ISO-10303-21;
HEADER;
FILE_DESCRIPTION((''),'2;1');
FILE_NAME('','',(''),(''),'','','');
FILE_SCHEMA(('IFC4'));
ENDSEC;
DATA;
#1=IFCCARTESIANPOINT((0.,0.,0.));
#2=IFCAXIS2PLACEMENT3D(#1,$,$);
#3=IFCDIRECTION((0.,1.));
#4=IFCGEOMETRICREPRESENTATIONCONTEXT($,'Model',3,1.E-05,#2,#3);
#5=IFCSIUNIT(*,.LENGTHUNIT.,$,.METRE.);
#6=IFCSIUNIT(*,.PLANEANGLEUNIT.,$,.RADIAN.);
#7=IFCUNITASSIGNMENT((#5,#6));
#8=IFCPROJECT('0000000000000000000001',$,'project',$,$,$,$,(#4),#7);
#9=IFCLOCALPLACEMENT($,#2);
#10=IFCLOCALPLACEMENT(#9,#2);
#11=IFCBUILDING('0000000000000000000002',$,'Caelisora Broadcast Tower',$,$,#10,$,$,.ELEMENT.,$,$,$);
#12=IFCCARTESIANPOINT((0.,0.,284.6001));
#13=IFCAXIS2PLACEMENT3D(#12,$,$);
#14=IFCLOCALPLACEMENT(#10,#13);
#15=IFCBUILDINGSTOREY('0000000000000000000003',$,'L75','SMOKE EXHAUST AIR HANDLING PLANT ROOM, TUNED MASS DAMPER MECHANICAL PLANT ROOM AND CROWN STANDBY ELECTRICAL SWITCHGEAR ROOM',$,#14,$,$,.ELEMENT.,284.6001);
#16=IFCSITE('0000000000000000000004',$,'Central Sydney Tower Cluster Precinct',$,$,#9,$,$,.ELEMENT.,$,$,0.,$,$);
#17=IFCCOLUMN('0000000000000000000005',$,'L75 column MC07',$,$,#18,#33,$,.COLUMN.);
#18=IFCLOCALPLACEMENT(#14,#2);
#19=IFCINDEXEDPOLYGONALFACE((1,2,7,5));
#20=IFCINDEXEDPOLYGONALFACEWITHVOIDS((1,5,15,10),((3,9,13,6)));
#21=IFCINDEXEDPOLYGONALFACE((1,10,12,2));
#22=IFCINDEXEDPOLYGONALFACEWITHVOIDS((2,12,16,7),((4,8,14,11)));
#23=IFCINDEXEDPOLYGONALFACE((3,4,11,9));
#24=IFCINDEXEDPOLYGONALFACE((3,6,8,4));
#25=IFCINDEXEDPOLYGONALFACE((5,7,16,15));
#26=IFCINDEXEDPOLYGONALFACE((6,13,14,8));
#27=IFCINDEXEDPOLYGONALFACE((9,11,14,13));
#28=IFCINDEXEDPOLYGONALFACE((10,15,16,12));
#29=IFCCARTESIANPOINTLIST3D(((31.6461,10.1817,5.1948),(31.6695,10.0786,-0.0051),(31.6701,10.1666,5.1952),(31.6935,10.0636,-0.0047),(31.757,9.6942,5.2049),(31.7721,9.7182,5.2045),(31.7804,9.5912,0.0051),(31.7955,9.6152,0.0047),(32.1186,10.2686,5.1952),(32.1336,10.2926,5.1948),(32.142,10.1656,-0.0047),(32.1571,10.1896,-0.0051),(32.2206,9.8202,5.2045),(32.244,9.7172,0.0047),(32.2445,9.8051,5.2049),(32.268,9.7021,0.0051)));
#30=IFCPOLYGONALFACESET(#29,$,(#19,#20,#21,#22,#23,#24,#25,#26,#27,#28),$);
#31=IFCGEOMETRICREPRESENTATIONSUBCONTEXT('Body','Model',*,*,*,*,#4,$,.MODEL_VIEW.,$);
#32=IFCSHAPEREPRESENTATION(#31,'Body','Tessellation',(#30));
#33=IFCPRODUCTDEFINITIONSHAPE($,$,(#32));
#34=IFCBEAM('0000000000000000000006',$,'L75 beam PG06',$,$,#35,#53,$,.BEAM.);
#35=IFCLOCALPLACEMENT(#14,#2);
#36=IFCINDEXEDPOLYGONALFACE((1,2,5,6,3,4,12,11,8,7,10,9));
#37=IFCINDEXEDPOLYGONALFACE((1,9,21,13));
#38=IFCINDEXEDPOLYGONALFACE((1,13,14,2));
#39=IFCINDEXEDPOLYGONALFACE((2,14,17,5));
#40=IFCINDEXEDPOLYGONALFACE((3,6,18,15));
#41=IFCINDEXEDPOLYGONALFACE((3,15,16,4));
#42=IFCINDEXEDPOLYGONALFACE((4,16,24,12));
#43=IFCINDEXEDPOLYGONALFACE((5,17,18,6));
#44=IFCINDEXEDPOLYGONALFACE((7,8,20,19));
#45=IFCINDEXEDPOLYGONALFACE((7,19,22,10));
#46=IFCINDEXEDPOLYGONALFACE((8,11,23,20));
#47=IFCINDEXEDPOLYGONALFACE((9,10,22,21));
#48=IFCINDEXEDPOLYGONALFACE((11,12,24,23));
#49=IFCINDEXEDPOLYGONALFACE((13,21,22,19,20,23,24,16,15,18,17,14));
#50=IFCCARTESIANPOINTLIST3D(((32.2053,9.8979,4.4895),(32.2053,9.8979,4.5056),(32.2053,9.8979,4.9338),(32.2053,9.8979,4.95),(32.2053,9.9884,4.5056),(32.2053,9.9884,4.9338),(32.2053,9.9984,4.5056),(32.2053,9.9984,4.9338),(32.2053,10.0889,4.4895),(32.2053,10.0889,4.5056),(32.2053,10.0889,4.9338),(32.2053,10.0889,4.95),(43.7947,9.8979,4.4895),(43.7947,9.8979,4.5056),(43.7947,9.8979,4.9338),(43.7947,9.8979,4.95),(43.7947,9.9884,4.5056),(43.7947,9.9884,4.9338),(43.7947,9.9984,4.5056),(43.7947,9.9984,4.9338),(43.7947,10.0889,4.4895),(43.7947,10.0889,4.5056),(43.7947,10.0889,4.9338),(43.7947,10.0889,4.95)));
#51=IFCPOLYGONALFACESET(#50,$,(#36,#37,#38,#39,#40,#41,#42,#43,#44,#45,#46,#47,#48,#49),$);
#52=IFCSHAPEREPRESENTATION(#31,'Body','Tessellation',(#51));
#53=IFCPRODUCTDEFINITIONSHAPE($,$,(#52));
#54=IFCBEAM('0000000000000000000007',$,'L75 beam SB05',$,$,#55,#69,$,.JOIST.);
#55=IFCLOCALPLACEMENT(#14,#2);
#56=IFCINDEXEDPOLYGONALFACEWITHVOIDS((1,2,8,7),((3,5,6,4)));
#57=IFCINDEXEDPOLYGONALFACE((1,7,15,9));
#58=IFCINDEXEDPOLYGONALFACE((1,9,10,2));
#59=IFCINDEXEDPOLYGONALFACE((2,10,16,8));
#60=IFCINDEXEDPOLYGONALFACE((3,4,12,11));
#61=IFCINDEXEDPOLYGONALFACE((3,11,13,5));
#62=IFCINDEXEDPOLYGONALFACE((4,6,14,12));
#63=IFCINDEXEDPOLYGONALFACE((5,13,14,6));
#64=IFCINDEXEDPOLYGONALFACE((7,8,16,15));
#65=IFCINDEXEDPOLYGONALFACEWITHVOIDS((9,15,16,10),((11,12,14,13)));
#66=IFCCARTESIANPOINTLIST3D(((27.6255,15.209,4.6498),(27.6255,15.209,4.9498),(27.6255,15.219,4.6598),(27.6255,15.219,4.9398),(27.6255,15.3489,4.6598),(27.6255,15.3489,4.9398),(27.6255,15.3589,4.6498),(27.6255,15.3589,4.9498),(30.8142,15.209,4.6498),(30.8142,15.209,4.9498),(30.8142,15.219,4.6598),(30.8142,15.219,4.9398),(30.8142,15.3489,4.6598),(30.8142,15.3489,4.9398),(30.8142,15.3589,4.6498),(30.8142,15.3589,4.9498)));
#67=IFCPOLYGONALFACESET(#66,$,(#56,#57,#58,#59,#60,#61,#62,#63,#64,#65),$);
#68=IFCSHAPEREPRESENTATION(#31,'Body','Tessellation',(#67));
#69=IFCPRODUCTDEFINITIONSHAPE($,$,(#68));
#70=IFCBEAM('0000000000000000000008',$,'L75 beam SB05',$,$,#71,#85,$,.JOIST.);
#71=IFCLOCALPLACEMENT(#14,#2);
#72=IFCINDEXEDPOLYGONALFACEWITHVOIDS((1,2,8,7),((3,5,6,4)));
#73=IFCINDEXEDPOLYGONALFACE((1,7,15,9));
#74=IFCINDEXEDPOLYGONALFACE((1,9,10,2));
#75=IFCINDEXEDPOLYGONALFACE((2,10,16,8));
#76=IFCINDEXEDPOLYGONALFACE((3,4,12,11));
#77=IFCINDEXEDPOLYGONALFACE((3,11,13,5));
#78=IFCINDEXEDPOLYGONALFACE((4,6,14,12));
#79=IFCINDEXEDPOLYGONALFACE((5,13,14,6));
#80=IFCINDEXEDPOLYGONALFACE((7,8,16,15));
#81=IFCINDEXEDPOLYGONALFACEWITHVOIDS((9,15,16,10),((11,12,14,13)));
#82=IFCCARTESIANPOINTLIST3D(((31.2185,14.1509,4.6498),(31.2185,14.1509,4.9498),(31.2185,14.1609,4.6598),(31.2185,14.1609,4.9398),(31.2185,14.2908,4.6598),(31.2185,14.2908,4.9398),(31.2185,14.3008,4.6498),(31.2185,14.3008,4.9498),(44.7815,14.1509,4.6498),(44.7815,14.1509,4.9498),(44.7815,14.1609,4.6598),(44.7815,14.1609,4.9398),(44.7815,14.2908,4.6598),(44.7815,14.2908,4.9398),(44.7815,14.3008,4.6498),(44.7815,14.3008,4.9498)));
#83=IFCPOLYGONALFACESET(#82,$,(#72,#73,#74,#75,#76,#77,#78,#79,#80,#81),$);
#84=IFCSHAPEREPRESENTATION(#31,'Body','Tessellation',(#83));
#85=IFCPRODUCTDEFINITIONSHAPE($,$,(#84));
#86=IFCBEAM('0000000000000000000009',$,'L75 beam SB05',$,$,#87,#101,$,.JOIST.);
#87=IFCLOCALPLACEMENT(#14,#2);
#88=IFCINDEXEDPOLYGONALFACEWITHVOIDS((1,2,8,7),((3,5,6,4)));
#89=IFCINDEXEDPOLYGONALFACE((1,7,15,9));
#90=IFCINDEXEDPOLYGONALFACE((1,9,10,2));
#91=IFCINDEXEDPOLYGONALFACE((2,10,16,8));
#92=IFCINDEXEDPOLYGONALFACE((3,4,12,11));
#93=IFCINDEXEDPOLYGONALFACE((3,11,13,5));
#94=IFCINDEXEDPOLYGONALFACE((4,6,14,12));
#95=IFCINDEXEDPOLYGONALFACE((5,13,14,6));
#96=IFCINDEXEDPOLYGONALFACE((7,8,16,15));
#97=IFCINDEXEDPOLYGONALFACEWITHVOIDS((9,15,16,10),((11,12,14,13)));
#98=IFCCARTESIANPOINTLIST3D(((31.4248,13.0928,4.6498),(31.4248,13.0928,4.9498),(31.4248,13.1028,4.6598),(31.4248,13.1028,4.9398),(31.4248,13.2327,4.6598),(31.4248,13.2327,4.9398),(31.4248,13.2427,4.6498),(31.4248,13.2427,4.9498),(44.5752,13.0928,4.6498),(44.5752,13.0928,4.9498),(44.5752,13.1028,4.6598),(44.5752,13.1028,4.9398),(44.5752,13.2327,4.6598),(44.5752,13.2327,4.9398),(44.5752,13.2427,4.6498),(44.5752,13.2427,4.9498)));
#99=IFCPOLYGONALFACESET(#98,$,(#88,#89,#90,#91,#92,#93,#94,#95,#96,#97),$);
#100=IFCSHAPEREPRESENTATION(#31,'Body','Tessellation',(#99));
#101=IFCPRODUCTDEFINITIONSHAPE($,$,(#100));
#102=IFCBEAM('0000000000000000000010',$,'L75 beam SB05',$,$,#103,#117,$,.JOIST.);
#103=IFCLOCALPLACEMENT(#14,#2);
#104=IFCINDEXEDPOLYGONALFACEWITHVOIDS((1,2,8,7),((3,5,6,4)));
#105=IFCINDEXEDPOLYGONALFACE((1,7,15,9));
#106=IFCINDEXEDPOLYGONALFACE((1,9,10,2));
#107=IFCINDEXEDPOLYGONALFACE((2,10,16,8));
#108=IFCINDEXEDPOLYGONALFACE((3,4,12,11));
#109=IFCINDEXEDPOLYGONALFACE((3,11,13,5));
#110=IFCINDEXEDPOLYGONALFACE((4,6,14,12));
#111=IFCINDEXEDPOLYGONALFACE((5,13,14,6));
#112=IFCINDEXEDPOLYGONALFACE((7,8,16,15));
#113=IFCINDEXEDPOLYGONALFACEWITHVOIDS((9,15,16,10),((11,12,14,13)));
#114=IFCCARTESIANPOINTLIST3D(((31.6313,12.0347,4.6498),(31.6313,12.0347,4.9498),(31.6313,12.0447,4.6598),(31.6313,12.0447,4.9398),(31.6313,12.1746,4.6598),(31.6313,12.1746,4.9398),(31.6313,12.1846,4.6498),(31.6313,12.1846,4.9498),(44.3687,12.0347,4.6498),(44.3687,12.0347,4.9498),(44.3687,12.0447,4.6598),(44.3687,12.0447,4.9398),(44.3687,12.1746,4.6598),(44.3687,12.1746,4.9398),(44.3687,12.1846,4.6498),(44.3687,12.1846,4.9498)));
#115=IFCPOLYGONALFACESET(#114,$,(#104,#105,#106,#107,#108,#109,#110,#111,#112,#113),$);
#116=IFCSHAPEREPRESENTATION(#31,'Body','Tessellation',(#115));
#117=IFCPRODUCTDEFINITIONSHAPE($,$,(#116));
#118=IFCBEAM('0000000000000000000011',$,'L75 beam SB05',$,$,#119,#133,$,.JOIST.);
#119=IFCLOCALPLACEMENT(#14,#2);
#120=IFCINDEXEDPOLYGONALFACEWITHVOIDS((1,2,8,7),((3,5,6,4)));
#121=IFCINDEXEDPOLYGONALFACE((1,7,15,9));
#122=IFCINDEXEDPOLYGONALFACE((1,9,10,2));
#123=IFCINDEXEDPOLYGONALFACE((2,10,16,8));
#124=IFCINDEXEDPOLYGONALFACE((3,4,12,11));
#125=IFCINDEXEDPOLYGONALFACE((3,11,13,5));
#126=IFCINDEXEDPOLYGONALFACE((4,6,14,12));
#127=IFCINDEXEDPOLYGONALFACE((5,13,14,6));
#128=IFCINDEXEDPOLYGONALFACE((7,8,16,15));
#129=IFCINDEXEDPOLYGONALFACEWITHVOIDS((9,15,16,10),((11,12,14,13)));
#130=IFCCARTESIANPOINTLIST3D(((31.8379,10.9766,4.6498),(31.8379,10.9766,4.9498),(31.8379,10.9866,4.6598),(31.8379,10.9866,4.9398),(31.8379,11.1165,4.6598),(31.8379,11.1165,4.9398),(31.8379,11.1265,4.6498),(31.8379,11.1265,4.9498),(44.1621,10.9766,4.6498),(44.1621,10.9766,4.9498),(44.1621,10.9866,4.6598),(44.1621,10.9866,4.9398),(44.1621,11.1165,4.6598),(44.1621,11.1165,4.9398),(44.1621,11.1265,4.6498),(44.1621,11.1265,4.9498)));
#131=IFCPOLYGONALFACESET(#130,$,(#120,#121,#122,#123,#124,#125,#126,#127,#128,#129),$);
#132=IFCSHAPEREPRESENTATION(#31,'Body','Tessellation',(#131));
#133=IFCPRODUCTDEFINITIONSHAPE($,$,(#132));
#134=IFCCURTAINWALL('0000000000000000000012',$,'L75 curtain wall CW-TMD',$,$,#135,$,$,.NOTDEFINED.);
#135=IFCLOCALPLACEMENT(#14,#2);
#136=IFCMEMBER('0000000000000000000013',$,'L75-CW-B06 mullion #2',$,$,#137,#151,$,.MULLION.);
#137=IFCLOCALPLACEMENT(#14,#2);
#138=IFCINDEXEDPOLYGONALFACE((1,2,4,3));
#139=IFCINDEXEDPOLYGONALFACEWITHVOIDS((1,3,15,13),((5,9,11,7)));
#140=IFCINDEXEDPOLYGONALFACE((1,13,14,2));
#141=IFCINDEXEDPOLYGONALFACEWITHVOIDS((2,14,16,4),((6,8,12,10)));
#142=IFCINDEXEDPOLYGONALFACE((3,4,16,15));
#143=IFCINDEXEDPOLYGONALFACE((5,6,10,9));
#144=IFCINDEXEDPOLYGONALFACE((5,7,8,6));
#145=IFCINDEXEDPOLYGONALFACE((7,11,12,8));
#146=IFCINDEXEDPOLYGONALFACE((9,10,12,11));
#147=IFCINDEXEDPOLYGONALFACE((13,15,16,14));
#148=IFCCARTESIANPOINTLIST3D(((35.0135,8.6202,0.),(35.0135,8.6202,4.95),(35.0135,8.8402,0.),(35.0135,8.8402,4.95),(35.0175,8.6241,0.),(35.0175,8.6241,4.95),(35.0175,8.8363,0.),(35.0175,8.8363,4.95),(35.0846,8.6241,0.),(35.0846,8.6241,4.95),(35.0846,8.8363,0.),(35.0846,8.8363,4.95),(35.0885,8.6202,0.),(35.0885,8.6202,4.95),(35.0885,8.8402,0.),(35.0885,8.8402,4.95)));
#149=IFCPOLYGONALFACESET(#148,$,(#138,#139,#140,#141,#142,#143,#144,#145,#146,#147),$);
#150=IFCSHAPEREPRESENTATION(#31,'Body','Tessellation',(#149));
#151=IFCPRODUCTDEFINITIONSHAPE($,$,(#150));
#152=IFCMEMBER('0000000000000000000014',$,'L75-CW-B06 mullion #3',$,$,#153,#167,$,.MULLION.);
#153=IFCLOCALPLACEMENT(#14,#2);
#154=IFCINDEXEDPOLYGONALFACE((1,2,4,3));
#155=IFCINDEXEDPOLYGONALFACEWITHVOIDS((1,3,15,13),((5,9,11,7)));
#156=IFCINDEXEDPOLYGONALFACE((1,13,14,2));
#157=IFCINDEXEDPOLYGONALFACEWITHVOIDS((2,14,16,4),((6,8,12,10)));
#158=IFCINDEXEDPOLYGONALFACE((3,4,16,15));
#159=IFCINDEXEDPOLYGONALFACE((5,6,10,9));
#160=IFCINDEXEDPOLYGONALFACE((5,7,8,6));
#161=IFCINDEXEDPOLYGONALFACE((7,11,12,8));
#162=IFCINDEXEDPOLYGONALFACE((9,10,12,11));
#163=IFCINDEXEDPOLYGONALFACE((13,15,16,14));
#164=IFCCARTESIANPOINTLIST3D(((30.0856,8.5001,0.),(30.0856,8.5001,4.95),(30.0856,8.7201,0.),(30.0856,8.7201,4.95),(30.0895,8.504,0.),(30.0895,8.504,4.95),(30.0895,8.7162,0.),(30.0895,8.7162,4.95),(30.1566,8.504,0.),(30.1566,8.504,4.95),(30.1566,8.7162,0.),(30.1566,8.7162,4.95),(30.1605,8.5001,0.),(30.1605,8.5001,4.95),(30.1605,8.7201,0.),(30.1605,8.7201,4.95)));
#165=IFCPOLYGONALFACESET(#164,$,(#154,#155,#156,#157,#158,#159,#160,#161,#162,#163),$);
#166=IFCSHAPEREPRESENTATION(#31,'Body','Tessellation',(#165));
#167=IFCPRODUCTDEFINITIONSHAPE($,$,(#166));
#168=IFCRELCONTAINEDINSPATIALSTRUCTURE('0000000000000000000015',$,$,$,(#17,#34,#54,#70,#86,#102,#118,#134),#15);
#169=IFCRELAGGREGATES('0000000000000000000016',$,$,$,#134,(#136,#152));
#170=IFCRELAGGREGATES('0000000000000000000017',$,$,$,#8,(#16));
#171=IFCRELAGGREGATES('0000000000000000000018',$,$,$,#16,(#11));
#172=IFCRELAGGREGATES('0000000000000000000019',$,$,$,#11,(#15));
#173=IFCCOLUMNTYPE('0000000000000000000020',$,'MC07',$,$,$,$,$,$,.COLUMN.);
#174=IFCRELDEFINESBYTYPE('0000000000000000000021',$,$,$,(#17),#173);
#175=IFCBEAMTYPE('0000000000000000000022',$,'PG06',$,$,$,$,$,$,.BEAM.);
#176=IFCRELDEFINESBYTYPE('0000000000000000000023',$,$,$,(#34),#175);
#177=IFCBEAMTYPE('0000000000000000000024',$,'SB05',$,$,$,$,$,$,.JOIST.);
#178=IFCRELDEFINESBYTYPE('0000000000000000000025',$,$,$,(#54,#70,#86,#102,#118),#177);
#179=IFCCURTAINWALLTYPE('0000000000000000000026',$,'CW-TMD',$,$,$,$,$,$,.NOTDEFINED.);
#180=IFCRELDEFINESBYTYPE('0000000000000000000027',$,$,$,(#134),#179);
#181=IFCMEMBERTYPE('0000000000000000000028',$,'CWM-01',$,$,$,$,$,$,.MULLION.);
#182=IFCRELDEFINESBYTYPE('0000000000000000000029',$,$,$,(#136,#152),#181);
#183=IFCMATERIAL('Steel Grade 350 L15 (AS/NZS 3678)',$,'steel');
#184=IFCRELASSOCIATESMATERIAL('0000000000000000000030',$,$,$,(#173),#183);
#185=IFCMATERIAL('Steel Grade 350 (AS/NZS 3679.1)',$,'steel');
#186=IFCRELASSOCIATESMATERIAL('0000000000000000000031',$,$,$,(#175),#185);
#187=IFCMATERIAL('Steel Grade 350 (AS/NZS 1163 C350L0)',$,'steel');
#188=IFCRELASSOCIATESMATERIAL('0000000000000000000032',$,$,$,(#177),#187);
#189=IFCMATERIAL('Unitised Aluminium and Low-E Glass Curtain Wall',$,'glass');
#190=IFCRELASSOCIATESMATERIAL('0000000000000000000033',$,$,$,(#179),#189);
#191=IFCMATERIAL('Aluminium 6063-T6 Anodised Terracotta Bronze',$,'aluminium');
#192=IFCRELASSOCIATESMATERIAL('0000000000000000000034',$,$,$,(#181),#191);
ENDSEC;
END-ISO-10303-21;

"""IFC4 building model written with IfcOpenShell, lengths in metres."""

from ifc_helpers import new_model, si_unit, direction, frame, origin, origin_2d, place, context, subcontext, project, spatial, hollow_rectangle, i_section, extrude, source, transform, mapped, material, material_profile, profile_set, type_object, type_shapes, element, aggregate, save


model = new_model("IFC4")

# Units and contexts
model_context = context("Model", 3, precision=1e-05, world=origin(), true_north=direction((0.0, 1.0)))
body_context = subcontext(model_context, "Body", "Model", "MODEL_VIEW")
ifc_project = project(units=[si_unit("LENGTHUNIT", "METRE"), si_unit("PLANEANGLEUNIT", "RADIAN")], contexts=[model_context])

# Site, building, storey
site_placement = place(None, origin())
site = spatial("IfcSite", under=ifc_project, at=site_placement, Name="Central Sydney Tower Cluster Precinct", CompositionType="ELEMENT", RefElevation=0.0)
building_placement = place(site_placement, origin())
building = spatial("IfcBuilding", under=site, at=building_placement, Name="Caelisora Broadcast Tower", CompositionType="ELEMENT")
storey_placement = place(building_placement, frame((0.0, 0.0, 284.6001)))
storey = spatial("IfcBuildingStorey", under=building, at=storey_placement, Name="L75", Description="SMOKE EXHAUST AIR HANDLING PLANT ROOM, TUNED MASS DAMPER MECHANICAL PLANT ROOM AND CROWN STANDBY ELECTRICAL SWITCHGEAR ROOM", CompositionType="ELEMENT", Elevation=284.6001)

# Column
ifc_material_1 = material(Name="Steel Grade 350 L15 (AS/NZS 3678)", Category="steel")
ifc_material_profile_1 = material_profile(ifc_material_1, hollow_rectangle(XDim=0.5, YDim=0.5, WallThickness=0.02, at=origin_2d()), Name="Steel Grade 350 L15 (AS/NZS 3678)")
ifc_profile_set_1 = profile_set([ifc_material_profile_1], Name="Steel Grade 350 L15 (AS/NZS 3678)")
column_type = type_object("IfcColumnType", Name="MC07", PredefinedType="COLUMN", material=ifc_profile_set_1)
shared_shape_1 = source(origin(), body_context, "Body", "SweptSolid", [
    extrude(hollow_rectangle(XDim=0.5, YDim=0.5, WallThickness=0.02, at=origin_2d()), origin(), (0.0, 0.0, 1.0), 5.2009),
])
type_shapes(column_type, [shared_shape_1])
column_placement = place(storey_placement, frame((31.9688, 9.8904, 0.0), z_axis=(-0.004506, 0.019809, 0.999794), x_axis=(-0.975087, -0.221821, 0.0)))
element("IfcColumn", 1, at=column_placement, inside=storey, type_object=column_type, Name="L75 column MC07", PredefinedType="COLUMN", context=body_context, shape_type="MappedRepresentation", body=[
    mapped(shared_shape_1, transform((0.0, 0.0, 0.0), scale=1.0)),
])

# Beams
ifc_material_2 = material(Name="Steel Grade 350 (AS/NZS 3679.1)", Category="steel")
ifc_material_profile_2 = material_profile(ifc_material_2, i_section(OverallWidth=0.1909, OverallDepth=0.4604, WebThickness=0.01, FlangeThickness=0.0161, at=origin_2d()), Name="Steel Grade 350 (AS/NZS 3679.1)")
ifc_profile_set_2 = profile_set([ifc_material_profile_2], Name="Steel Grade 350 (AS/NZS 3679.1)")
beam_type_1 = type_object("IfcBeamType", Name="PG06", PredefinedType="BEAM", material=ifc_profile_set_2)
shared_shape_2 = source(origin(), body_context, "Body", "SweptSolid", [
    extrude(i_section(OverallWidth=0.1909, OverallDepth=0.4604, WebThickness=0.01, FlangeThickness=0.0161, at=origin_2d()), origin(), (0.0, 0.0, 1.0), 11.5894),
])
type_shapes(beam_type_1, [shared_shape_2])
beam_1_placement = place(storey_placement, frame((32.2053, 9.9934, 4.7197), z_axis=(1.0, 0.0, 0.0), x_axis=(0.0, 1.0, 0.0)))
element("IfcBeam", 2, at=beam_1_placement, inside=storey, type_object=beam_type_1, Name="L75 beam PG06", PredefinedType="BEAM", context=body_context, shape_type="MappedRepresentation", body=[
    mapped(shared_shape_2, transform((0.0, 0.0, 0.0), scale=1.0)),
])
ifc_material_3 = material(Name="Steel Grade 350 (AS/NZS 1163 C350L0)", Category="steel")
ifc_material_profile_3 = material_profile(ifc_material_3, hollow_rectangle(XDim=0.1499, YDim=0.3, WallThickness=0.01, at=origin_2d()), Name="Steel Grade 350 (AS/NZS 1163 C350L0)")
ifc_profile_set_3 = profile_set([ifc_material_profile_3], Name="Steel Grade 350 (AS/NZS 1163 C350L0)")
beam_type_2 = type_object("IfcBeamType", Name="SB05", PredefinedType="JOIST", material=ifc_profile_set_3)
shared_shape_3 = source(origin(), body_context, "Body", "SweptSolid", [
    extrude(hollow_rectangle(XDim=0.1499, YDim=0.3, WallThickness=0.01, at=origin_2d()), origin(), (0.0, 0.0, 1.0), 3.1887),
])
beam_2_placement = place(storey_placement, frame((27.6255, 15.2839, 4.7998), z_axis=(1.0, 0.0, 0.0), x_axis=(0.0, 1.0, 0.0)))
element("IfcBeam", 3, at=beam_2_placement, inside=storey, type_object=beam_type_2, Name="L75 beam SB05", PredefinedType="JOIST", context=body_context, shape_type="MappedRepresentation", body=[
    mapped(shared_shape_3, transform((0.0, 0.0, 0.0), scale=1.0)),
])
shared_shape_4 = source(origin(), body_context, "Body", "SweptSolid", [
    extrude(hollow_rectangle(XDim=0.1499, YDim=0.3, WallThickness=0.01, at=origin_2d()), origin(), (0.0, 0.0, 1.0), 13.563),
])
beam_3_placement = place(storey_placement, frame((31.2185, 14.2258, 4.7998), z_axis=(1.0, 0.0, 0.0), x_axis=(0.0, 1.0, 0.0)))
element("IfcBeam", 4, at=beam_3_placement, inside=storey, type_object=beam_type_2, Name="L75 beam SB05", PredefinedType="JOIST", context=body_context, shape_type="MappedRepresentation", body=[
    mapped(shared_shape_4, transform((0.0, 0.0, 0.0), scale=1.0)),
])
shared_shape_5 = source(origin(), body_context, "Body", "SweptSolid", [
    extrude(hollow_rectangle(XDim=0.1499, YDim=0.3, WallThickness=0.01, at=origin_2d()), origin(), (0.0, 0.0, 1.0), 13.1504),
])
beam_4_placement = place(storey_placement, frame((31.4248, 13.1677, 4.7998), z_axis=(1.0, 0.0, 0.0), x_axis=(0.0, 1.0, 0.0)))
element("IfcBeam", 5, at=beam_4_placement, inside=storey, type_object=beam_type_2, Name="L75 beam SB05", PredefinedType="JOIST", context=body_context, shape_type="MappedRepresentation", body=[
    mapped(shared_shape_5, transform((0.0, 0.0, 0.0), scale=1.0)),
])
shared_shape_6 = source(origin(), body_context, "Body", "SweptSolid", [
    extrude(hollow_rectangle(XDim=0.1499, YDim=0.3, WallThickness=0.01, at=origin_2d()), origin(), (0.0, 0.0, 1.0), 12.7373),
])
beam_5_placement = place(storey_placement, frame((31.6313, 12.1096, 4.7998), z_axis=(1.0, 0.0, 0.0), x_axis=(0.0, 1.0, 0.0)))
element("IfcBeam", 6, at=beam_5_placement, inside=storey, type_object=beam_type_2, Name="L75 beam SB05", PredefinedType="JOIST", context=body_context, shape_type="MappedRepresentation", body=[
    mapped(shared_shape_6, transform((0.0, 0.0, 0.0), scale=1.0)),
])
shared_shape_7 = source(origin(), body_context, "Body", "SweptSolid", [
    extrude(hollow_rectangle(XDim=0.1499, YDim=0.3, WallThickness=0.01, at=origin_2d()), origin(), (0.0, 0.0, 1.0), 12.3242),
])
type_shapes(beam_type_2, [shared_shape_3, shared_shape_4, shared_shape_5, shared_shape_6, shared_shape_7])
beam_6_placement = place(storey_placement, frame((31.8379, 11.0515, 4.7998), z_axis=(1.0, 0.0, 0.0), x_axis=(0.0, 1.0, 0.0)))
element("IfcBeam", 7, at=beam_6_placement, inside=storey, type_object=beam_type_2, Name="L75 beam SB05", PredefinedType="JOIST", context=body_context, shape_type="MappedRepresentation", body=[
    mapped(shared_shape_7, transform((0.0, 0.0, 0.0), scale=1.0)),
])

# Curtain wall, members
ifc_material_4 = material(Name="Unitised Aluminium and Low-E Glass Curtain Wall", Category="glass")
curtain_wall_type = type_object("IfcCurtainWallType", Name="CW-TMD", PredefinedType="NOTDEFINED", material=ifc_material_4)
curtain_wall_1_placement = place(storey_placement, origin())
curtain_wall_1 = element("IfcCurtainWall", 8, at=curtain_wall_1_placement, inside=storey, type_object=curtain_wall_type, Name="L75 curtain wall CW-TMD", PredefinedType="NOTDEFINED")
ifc_material_5 = material(Name="Aluminium 6063-T6 Anodised Terracotta Bronze", Category="aluminium")
ifc_material_profile_4 = material_profile(ifc_material_5, hollow_rectangle(XDim=0.075, YDim=0.22, WallThickness=0.0039, at=origin_2d()), Name="Aluminium 6063-T6 Anodised Terracotta Bronze")
ifc_profile_set_4 = profile_set([ifc_material_profile_4], Name="Aluminium 6063-T6 Anodised Terracotta Bronze")
member_type_1 = type_object("IfcMemberType", Name="CWM-01", PredefinedType="MULLION", material=ifc_profile_set_4)
shared_shape_8 = source(origin(), body_context, "Body", "SweptSolid", [
    extrude(hollow_rectangle(XDim=0.075, YDim=0.22, WallThickness=0.0039, at=origin_2d()), origin(), (0.0, 0.0, 1.0), 4.95),
])
type_shapes(member_type_1, [shared_shape_8])
member_1_placement = place(storey_placement, frame((35.051, 8.7302, 0.0), z_axis=(0.0, 0.0, 1.0), x_axis=(1.0, 0.0, 0.0)))
member_1 = element("IfcMember", 9, at=member_1_placement, type_object=member_type_1, Name="L75-CW-B06 mullion #2", PredefinedType="MULLION", context=body_context, shape_type="MappedRepresentation", body=[
    mapped(shared_shape_8, transform((0.0, 0.0, 0.0), scale=1.0)),
])
member_2_placement = place(storey_placement, frame((30.123, 8.6101, 0.0), z_axis=(0.0, 0.0, 1.0), x_axis=(1.0, 0.0, 0.0)))
member_2 = element("IfcMember", 10, at=member_2_placement, type_object=member_type_1, Name="L75-CW-B06 mullion #3", PredefinedType="MULLION", context=body_context, shape_type="MappedRepresentation", body=[
    mapped(shared_shape_8, transform((0.0, 0.0, 0.0), scale=1.0)),
])

aggregate(curtain_wall_1, [member_1, member_2])

save(model, "model.ifc")
